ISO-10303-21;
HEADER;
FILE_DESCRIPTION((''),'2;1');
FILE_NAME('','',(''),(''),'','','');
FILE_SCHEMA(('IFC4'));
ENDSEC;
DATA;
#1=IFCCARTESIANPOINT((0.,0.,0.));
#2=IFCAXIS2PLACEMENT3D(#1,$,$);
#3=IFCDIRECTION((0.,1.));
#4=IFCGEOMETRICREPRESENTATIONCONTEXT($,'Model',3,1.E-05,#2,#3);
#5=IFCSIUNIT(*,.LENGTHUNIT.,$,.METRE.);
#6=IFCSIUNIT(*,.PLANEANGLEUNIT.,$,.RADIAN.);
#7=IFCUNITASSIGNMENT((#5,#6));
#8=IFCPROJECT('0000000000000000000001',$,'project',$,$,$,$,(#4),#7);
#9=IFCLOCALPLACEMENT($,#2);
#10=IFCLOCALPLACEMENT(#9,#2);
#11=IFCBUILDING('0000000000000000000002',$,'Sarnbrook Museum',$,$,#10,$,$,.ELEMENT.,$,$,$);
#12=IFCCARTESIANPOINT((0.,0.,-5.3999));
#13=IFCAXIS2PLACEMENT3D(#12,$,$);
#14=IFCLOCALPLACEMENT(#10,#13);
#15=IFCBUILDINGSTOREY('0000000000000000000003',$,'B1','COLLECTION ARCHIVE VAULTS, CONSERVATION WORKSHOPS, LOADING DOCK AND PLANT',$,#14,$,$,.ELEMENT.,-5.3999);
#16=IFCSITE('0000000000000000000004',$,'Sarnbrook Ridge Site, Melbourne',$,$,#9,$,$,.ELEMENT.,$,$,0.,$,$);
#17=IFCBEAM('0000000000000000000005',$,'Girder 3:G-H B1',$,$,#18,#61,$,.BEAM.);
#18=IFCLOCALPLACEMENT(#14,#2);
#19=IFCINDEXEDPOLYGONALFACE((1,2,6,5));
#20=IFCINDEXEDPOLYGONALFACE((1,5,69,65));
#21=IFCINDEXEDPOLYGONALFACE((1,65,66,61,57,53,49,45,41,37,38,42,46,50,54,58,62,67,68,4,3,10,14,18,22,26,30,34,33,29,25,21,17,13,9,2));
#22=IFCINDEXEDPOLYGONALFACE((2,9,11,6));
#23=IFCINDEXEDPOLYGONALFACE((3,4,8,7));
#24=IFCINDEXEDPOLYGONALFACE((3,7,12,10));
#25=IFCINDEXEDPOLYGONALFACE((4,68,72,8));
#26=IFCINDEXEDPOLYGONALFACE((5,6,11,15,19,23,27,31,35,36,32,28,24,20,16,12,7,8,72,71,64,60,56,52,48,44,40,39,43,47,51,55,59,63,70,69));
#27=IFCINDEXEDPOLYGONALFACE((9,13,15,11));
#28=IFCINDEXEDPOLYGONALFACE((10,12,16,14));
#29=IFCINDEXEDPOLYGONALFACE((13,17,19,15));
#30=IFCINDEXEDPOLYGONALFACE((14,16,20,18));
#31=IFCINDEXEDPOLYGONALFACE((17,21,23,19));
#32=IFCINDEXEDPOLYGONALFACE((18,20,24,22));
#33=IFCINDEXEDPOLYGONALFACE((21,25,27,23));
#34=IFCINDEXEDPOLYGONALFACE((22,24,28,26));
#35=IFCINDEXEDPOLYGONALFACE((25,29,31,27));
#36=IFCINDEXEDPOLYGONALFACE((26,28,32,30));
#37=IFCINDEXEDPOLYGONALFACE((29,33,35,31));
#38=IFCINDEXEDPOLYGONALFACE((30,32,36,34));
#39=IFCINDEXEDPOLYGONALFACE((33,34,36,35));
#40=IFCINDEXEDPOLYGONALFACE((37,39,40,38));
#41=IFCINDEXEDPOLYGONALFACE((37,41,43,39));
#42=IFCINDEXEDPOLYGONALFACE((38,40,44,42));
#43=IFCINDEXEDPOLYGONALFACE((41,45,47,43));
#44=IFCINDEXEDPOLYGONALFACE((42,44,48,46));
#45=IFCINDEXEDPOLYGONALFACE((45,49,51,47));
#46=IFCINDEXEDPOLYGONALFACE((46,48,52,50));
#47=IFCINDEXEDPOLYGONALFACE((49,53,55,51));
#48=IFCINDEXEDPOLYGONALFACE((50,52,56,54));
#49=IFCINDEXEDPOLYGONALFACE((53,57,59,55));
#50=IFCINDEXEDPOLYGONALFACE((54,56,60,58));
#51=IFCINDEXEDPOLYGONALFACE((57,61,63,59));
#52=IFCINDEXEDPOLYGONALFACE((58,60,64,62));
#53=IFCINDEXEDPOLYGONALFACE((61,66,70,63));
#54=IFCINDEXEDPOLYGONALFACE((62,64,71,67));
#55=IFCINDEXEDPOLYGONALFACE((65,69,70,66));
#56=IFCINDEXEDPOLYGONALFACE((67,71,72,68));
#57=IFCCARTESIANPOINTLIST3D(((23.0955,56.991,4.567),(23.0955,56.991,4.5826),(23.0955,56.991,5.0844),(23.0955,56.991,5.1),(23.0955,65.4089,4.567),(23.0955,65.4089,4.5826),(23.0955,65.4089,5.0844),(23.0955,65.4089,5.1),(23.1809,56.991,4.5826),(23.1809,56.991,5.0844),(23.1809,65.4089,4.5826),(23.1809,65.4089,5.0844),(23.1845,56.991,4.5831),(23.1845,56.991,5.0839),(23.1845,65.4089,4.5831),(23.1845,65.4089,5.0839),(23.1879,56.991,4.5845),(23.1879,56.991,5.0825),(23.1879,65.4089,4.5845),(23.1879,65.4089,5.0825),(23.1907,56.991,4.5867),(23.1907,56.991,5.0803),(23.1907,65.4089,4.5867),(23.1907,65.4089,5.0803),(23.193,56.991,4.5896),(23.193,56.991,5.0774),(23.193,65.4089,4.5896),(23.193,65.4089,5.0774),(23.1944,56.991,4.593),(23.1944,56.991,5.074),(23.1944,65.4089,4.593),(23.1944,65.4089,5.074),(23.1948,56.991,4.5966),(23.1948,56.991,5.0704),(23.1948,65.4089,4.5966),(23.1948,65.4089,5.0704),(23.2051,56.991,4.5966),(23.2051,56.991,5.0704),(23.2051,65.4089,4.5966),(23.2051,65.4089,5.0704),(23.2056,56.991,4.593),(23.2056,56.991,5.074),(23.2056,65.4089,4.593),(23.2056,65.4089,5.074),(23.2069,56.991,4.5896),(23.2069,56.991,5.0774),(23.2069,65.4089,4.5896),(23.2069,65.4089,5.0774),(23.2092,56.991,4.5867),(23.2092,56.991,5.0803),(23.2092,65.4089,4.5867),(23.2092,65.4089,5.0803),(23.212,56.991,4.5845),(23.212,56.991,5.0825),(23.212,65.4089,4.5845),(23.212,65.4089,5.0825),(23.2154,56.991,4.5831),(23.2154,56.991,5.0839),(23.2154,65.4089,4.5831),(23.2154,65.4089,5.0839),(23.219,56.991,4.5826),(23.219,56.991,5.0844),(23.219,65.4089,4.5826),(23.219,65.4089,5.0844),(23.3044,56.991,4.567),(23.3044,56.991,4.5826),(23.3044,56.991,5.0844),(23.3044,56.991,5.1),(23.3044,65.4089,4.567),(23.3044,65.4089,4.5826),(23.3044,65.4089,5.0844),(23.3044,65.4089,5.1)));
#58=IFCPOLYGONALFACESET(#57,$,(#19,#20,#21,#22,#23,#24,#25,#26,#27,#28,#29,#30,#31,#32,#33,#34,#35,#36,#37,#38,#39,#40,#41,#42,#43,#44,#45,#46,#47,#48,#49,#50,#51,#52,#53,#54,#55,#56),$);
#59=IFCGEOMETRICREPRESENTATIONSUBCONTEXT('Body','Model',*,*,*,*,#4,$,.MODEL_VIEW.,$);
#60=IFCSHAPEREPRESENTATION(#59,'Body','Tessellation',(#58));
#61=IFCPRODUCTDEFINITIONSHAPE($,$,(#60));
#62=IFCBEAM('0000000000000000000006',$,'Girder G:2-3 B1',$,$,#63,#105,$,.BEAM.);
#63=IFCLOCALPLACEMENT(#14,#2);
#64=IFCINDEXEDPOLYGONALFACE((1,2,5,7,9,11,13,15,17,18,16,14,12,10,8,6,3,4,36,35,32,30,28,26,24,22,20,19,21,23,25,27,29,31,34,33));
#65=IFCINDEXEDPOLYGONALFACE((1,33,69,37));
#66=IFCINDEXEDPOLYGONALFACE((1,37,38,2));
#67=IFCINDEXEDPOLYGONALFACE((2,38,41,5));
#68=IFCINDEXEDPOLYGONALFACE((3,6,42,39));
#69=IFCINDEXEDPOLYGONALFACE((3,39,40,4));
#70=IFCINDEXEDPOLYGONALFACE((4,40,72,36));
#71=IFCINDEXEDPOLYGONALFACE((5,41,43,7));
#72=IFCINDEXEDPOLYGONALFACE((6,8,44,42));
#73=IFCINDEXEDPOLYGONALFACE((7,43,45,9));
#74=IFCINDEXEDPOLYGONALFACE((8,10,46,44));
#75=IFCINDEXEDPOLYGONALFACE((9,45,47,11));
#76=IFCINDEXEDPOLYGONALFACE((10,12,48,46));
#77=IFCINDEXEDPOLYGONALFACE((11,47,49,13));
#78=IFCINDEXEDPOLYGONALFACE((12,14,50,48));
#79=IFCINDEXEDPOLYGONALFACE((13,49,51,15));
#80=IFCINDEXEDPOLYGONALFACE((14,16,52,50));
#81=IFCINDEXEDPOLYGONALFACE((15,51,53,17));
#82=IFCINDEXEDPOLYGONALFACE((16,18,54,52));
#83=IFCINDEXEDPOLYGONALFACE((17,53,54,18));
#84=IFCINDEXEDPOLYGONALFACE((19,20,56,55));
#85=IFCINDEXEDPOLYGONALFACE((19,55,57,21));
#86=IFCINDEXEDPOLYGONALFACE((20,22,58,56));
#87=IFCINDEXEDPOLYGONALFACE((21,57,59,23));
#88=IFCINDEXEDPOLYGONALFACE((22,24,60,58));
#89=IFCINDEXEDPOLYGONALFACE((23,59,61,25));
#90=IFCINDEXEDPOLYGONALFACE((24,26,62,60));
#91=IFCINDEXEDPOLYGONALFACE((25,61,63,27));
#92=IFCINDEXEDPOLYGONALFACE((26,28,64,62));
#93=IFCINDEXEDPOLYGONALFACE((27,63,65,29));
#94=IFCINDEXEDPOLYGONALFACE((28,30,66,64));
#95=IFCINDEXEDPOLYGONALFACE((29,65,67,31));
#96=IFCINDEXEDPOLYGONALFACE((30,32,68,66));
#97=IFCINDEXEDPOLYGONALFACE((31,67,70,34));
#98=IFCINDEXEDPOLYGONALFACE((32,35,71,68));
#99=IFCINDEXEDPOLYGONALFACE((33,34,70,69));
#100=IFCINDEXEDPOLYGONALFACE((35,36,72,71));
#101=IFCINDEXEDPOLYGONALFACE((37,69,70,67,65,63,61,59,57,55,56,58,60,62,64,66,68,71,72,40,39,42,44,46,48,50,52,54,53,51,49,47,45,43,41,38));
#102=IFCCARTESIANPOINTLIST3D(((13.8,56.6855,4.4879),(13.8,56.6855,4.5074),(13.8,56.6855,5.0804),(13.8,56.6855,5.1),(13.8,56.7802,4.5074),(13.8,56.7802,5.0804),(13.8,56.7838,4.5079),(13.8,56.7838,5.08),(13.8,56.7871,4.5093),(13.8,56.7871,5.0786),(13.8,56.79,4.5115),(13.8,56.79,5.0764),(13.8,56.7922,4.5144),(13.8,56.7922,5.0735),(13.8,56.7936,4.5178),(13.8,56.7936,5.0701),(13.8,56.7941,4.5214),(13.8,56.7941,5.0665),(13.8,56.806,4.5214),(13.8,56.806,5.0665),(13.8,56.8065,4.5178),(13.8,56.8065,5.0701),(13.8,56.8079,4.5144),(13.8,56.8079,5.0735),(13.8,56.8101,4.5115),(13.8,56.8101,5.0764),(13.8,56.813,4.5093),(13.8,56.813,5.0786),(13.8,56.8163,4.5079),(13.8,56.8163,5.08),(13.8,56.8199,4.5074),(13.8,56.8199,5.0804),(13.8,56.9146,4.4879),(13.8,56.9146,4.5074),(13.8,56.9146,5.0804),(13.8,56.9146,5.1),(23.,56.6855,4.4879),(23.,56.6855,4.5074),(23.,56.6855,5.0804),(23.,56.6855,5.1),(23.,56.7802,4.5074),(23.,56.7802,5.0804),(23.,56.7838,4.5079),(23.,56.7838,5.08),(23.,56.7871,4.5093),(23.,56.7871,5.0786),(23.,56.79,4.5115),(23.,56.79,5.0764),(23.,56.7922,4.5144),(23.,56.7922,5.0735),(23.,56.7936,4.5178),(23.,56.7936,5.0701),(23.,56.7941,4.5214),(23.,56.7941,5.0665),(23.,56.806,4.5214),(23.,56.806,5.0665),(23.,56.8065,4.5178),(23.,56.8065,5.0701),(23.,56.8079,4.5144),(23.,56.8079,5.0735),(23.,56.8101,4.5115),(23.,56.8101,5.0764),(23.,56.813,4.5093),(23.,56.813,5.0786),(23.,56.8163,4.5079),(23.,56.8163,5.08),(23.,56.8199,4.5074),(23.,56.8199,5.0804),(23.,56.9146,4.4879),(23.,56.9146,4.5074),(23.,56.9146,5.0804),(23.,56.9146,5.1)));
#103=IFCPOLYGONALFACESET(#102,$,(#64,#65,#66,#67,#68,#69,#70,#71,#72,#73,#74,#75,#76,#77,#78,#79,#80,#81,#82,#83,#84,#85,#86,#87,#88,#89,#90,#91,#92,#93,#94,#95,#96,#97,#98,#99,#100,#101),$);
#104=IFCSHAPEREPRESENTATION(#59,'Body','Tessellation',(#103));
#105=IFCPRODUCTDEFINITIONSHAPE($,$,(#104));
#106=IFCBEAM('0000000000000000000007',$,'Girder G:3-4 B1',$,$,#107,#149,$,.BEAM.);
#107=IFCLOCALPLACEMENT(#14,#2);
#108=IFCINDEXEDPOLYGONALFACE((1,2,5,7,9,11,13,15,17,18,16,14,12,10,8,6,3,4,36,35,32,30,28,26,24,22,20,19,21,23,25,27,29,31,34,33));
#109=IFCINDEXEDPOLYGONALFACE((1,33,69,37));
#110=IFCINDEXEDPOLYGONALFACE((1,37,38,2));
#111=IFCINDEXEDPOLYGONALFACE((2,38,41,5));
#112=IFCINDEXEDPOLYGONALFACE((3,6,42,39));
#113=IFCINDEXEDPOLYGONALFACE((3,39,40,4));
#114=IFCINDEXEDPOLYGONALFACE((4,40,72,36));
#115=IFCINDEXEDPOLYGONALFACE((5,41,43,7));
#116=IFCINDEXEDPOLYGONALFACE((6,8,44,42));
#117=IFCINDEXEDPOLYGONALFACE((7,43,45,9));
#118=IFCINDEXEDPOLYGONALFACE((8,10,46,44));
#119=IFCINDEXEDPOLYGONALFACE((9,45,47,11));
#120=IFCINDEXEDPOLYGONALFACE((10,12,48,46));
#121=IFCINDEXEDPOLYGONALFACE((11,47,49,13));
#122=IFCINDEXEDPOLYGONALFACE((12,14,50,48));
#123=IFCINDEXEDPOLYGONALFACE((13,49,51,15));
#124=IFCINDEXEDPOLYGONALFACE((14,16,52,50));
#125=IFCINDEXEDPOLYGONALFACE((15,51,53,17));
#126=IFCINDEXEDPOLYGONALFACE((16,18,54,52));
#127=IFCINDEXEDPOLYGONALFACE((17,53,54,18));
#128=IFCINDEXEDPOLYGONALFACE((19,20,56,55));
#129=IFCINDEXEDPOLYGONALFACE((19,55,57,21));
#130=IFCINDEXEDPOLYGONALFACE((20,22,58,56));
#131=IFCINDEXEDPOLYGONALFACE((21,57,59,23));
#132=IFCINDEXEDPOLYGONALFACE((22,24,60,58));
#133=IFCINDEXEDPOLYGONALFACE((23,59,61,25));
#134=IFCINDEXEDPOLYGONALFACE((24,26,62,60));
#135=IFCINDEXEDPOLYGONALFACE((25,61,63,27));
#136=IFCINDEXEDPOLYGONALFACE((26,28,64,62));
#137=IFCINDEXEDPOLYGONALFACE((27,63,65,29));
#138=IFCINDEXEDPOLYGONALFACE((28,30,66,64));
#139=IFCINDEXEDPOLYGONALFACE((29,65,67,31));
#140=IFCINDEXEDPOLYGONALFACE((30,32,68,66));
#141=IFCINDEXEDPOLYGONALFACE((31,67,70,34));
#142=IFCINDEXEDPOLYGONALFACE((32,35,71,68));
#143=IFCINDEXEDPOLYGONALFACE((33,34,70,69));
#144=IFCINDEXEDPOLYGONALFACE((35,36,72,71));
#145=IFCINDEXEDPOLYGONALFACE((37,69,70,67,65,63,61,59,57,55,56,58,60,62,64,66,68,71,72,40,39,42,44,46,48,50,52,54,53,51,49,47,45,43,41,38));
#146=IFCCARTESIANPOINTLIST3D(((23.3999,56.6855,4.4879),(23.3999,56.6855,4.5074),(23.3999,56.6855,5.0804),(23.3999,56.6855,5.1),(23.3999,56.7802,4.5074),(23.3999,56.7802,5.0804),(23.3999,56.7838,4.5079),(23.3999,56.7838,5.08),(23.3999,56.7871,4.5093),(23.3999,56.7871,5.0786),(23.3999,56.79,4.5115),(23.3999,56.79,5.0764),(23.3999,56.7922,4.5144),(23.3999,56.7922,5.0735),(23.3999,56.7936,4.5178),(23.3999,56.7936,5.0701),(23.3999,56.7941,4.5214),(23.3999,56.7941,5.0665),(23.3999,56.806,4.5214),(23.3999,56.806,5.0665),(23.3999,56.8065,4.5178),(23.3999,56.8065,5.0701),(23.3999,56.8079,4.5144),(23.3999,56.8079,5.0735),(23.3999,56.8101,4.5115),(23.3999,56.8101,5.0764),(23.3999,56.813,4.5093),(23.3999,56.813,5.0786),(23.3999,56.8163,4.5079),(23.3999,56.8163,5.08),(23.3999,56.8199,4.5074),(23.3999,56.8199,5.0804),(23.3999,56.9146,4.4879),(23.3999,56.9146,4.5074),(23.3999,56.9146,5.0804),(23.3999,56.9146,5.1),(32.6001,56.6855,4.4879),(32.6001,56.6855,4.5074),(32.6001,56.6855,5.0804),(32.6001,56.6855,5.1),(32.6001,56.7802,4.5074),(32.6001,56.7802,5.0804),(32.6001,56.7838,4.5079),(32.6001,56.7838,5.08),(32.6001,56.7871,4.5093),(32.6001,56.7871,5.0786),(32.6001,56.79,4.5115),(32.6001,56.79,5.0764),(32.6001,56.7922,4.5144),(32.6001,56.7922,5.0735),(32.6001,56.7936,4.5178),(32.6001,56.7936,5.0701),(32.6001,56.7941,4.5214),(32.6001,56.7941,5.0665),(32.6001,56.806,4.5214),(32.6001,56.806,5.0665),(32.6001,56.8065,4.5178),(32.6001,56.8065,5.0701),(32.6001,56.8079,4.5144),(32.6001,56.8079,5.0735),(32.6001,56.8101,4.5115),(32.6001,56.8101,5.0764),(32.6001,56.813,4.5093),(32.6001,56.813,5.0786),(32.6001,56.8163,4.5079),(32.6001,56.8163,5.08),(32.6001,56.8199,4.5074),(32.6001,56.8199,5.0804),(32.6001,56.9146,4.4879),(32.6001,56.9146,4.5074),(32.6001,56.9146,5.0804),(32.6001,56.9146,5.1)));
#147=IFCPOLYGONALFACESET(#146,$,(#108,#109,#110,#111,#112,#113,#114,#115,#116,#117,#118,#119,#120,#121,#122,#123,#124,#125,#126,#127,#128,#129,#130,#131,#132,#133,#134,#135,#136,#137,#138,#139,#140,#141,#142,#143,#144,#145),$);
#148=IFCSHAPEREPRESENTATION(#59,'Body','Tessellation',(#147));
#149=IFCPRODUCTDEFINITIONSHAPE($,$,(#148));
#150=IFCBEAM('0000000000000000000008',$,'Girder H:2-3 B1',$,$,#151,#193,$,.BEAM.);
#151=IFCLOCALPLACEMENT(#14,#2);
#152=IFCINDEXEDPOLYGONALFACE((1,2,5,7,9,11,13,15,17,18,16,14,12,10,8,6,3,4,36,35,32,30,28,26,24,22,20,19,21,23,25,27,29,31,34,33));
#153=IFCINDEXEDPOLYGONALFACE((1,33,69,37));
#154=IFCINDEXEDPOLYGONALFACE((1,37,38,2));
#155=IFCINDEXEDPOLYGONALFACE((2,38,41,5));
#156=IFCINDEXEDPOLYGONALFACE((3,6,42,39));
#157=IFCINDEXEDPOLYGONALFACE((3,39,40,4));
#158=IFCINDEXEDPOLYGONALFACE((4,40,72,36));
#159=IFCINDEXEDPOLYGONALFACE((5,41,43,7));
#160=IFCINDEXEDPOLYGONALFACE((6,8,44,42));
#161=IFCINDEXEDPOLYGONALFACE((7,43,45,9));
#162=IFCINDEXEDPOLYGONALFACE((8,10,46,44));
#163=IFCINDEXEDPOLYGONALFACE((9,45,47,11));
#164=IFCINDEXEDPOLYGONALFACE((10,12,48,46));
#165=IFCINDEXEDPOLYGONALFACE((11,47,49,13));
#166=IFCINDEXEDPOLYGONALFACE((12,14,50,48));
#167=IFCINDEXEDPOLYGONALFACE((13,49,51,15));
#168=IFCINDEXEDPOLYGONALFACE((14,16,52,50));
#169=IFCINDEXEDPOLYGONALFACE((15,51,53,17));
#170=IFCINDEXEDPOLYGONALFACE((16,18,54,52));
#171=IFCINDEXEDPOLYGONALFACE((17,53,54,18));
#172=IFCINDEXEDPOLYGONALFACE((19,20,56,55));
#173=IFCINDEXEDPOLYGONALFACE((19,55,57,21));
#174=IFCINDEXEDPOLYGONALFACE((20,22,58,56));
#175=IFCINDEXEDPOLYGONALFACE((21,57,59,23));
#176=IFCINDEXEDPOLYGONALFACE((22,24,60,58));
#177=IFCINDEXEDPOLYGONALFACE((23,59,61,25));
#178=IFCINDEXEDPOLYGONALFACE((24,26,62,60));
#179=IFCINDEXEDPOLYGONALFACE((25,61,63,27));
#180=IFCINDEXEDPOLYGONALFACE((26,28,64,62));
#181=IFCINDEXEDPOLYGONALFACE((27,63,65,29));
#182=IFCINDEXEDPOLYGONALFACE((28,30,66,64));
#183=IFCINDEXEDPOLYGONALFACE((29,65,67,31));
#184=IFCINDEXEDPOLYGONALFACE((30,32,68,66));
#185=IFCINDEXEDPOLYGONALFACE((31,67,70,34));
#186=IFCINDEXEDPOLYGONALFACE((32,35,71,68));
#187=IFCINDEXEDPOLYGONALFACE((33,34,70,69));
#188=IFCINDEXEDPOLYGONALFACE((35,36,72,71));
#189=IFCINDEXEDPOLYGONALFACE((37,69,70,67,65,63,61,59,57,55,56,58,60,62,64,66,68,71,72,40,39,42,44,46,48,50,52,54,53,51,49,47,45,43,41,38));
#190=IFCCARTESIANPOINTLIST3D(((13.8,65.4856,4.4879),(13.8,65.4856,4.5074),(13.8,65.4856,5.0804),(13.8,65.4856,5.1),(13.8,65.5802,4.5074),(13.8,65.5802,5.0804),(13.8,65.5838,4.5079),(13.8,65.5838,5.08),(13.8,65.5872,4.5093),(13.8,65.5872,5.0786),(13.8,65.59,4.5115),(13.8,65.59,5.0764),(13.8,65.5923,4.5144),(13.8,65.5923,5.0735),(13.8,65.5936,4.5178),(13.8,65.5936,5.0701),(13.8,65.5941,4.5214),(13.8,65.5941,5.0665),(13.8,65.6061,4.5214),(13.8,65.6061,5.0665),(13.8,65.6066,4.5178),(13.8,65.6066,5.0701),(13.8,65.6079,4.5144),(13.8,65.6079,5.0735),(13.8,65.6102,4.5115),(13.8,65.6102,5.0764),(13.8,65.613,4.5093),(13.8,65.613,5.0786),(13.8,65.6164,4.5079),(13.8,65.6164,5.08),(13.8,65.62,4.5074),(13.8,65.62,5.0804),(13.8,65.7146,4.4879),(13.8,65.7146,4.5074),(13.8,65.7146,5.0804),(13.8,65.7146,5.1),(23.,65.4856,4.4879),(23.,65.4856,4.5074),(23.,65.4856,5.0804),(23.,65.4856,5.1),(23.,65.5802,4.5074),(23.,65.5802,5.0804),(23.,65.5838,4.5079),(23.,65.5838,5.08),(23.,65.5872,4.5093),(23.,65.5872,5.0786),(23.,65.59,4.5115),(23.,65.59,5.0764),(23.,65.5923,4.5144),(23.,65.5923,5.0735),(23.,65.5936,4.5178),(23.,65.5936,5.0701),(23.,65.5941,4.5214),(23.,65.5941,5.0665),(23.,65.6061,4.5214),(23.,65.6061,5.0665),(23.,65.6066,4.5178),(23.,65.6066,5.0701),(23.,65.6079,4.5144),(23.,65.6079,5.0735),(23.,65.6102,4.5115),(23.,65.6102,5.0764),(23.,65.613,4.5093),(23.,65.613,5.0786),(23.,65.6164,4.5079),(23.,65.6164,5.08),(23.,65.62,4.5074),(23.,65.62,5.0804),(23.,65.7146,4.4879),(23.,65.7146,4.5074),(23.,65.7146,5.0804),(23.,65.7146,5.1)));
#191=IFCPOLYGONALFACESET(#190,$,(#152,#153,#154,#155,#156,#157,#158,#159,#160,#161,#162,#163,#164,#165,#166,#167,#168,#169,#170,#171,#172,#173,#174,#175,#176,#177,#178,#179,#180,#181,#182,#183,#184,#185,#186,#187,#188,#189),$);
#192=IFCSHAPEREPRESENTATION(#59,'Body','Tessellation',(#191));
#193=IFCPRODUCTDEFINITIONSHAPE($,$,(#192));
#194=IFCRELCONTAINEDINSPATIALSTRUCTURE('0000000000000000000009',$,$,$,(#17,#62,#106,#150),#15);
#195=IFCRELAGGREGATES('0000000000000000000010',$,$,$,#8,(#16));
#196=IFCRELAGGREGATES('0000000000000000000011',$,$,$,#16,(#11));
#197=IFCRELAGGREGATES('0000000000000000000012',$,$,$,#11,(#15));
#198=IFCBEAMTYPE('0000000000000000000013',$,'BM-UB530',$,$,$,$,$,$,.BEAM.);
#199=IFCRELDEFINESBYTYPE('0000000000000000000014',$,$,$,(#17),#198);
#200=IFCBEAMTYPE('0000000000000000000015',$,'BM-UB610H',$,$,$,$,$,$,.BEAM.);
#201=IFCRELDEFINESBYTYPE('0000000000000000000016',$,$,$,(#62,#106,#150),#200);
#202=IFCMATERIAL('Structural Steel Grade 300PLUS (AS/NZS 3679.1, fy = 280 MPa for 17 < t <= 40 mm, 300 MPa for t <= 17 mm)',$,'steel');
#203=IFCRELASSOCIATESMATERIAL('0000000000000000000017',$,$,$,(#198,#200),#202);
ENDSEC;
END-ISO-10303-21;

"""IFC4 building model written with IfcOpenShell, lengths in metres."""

from ifc_helpers import new_model, si_unit, direction, frame, origin, origin_2d, place, context, subcontext, project, spatial, i_section, extrude, material, material_profile, profile_set, type_object, element, save


model = new_model("IFC4")

# Units and contexts
model_context = context("Model", 3, precision=1e-05, world=origin(), true_north=direction((0.0, 1.0)))
body_context = subcontext(model_context, "Body", "Model", "MODEL_VIEW")
ifc_project = project(units=[si_unit("LENGTHUNIT", "METRE"), si_unit("PLANEANGLEUNIT", "RADIAN")], contexts=[model_context])

# Site, building, storey
site_placement = place(None, origin())
site = spatial("IfcSite", under=ifc_project, at=site_placement, Name="Sarnbrook Ridge Site, Melbourne", CompositionType="ELEMENT", RefElevation=0.0)
building_placement = place(site_placement, origin())
building = spatial("IfcBuilding", under=site, at=building_placement, Name="Sarnbrook Museum", CompositionType="ELEMENT")
storey_placement = place(building_placement, frame((0.0, 0.0, -5.3999)))
storey = spatial("IfcBuildingStorey", under=building, at=storey_placement, Name="B1", Description="COLLECTION ARCHIVE VAULTS, CONSERVATION WORKSHOPS, LOADING DOCK AND PLANT", CompositionType="ELEMENT", Elevation=-5.3999)

# Beams
ifc_material_1 = material(Name="Structural Steel Grade 300PLUS (AS/NZS 3679.1, fy = 280 MPa for 17 < t <= 40 mm, 300 MPa for t <= 17 mm)", Category="steel")
ifc_material_profile_1 = material_profile(ifc_material_1, i_section(OverallWidth=0.209, OverallDepth=0.533, WebThickness=0.0103, FlangeThickness=0.0156, FilletRadius=0.0139, at=origin_2d()), Name="530UB92.4")
ifc_profile_set_1 = profile_set([ifc_material_profile_1], Name="Structural Steel Grade 300PLUS (AS/NZS 3679.1, fy = 280 MPa for 17 < t <= 40 mm, 300 MPa for t <= 17 mm)")
beam_type_1 = type_object("IfcBeamType", Name="BM-UB530", PredefinedType="BEAM", material=ifc_profile_set_1)
for number, where, z_axis, x_axis, name in (
    (1, (23.2, 56.991, 4.8335), (0.0, 1.0, 0.0), (-1.0, 0.0, 0.0), "Girder 3:G-H B1"),
):
    element("IfcBeam", number, at=place(storey_placement, frame(where, z_axis=z_axis, x_axis=x_axis)), inside=storey, type_object=beam_type_1, Name=name, PredefinedType="BEAM", context=body_context, shape_type="SweptSolid", body=[
        extrude(i_section(OverallWidth=0.209, OverallDepth=0.533, WebThickness=0.0103, FlangeThickness=0.0156, FilletRadius=0.0139, at=origin_2d()), origin(), (0.0, 0.0, 1.0), 8.418),
    ])
ifc_material_profile_2 = material_profile(ifc_material_1, i_section(OverallWidth=0.229, OverallDepth=0.6121, WebThickness=0.012, FlangeThickness=0.0195, FilletRadius=0.0139, at=origin_2d()), Name="610UB125")
ifc_profile_set_2 = profile_set([ifc_material_profile_2], Name="Structural Steel Grade 300PLUS (AS/NZS 3679.1, fy = 280 MPa for 17 < t <= 40 mm, 300 MPa for t <= 17 mm)")
beam_type_2 = type_object("IfcBeamType", Name="BM-UB610H", PredefinedType="BEAM", material=ifc_profile_set_2)
beam_1_placement = place(storey_placement, frame((13.8, 56.8, 4.7939), z_axis=(1.0, 0.0, 0.0), x_axis=(0.0, 1.0, 0.0)))
element("IfcBeam", 2, at=beam_1_placement, inside=storey, type_object=beam_type_2, Name="Girder G:2-3 B1", PredefinedType="BEAM", context=body_context, shape_type="SweptSolid", body=[
    extrude(i_section(OverallWidth=0.229, OverallDepth=0.6121, WebThickness=0.012, FlangeThickness=0.0195, FilletRadius=0.0139, at=origin_2d()), origin(), (0.0, 0.0, 1.0), 9.2),
])
beam_2_placement = place(storey_placement, frame((23.3999, 56.8, 4.7939), z_axis=(1.0, 0.0, 0.0), x_axis=(0.0, 1.0, 0.0)))
element("IfcBeam", 3, at=beam_2_placement, inside=storey, type_object=beam_type_2, Name="Girder G:3-4 B1", PredefinedType="BEAM", context=body_context, shape_type="SweptSolid", body=[
    extrude(i_section(OverallWidth=0.229, OverallDepth=0.6121, WebThickness=0.012, FlangeThickness=0.0195, FilletRadius=0.0139, at=origin_2d()), origin(), (0.0, 0.0, 1.0), 9.2002),
])
beam_3_placement = place(storey_placement, frame((13.8, 65.6001, 4.7939), z_axis=(1.0, 0.0, 0.0), x_axis=(0.0, 1.0, 0.0)))
element("IfcBeam", 4, at=beam_3_placement, inside=storey, type_object=beam_type_2, Name="Girder H:2-3 B1", PredefinedType="BEAM", context=body_context, shape_type="SweptSolid", body=[
    extrude(i_section(OverallWidth=0.229, OverallDepth=0.6121, WebThickness=0.012, FlangeThickness=0.0195, FilletRadius=0.0139, at=origin_2d()), origin(), (0.0, 0.0, 1.0), 9.2),
])

save(model, "model.ifc")
